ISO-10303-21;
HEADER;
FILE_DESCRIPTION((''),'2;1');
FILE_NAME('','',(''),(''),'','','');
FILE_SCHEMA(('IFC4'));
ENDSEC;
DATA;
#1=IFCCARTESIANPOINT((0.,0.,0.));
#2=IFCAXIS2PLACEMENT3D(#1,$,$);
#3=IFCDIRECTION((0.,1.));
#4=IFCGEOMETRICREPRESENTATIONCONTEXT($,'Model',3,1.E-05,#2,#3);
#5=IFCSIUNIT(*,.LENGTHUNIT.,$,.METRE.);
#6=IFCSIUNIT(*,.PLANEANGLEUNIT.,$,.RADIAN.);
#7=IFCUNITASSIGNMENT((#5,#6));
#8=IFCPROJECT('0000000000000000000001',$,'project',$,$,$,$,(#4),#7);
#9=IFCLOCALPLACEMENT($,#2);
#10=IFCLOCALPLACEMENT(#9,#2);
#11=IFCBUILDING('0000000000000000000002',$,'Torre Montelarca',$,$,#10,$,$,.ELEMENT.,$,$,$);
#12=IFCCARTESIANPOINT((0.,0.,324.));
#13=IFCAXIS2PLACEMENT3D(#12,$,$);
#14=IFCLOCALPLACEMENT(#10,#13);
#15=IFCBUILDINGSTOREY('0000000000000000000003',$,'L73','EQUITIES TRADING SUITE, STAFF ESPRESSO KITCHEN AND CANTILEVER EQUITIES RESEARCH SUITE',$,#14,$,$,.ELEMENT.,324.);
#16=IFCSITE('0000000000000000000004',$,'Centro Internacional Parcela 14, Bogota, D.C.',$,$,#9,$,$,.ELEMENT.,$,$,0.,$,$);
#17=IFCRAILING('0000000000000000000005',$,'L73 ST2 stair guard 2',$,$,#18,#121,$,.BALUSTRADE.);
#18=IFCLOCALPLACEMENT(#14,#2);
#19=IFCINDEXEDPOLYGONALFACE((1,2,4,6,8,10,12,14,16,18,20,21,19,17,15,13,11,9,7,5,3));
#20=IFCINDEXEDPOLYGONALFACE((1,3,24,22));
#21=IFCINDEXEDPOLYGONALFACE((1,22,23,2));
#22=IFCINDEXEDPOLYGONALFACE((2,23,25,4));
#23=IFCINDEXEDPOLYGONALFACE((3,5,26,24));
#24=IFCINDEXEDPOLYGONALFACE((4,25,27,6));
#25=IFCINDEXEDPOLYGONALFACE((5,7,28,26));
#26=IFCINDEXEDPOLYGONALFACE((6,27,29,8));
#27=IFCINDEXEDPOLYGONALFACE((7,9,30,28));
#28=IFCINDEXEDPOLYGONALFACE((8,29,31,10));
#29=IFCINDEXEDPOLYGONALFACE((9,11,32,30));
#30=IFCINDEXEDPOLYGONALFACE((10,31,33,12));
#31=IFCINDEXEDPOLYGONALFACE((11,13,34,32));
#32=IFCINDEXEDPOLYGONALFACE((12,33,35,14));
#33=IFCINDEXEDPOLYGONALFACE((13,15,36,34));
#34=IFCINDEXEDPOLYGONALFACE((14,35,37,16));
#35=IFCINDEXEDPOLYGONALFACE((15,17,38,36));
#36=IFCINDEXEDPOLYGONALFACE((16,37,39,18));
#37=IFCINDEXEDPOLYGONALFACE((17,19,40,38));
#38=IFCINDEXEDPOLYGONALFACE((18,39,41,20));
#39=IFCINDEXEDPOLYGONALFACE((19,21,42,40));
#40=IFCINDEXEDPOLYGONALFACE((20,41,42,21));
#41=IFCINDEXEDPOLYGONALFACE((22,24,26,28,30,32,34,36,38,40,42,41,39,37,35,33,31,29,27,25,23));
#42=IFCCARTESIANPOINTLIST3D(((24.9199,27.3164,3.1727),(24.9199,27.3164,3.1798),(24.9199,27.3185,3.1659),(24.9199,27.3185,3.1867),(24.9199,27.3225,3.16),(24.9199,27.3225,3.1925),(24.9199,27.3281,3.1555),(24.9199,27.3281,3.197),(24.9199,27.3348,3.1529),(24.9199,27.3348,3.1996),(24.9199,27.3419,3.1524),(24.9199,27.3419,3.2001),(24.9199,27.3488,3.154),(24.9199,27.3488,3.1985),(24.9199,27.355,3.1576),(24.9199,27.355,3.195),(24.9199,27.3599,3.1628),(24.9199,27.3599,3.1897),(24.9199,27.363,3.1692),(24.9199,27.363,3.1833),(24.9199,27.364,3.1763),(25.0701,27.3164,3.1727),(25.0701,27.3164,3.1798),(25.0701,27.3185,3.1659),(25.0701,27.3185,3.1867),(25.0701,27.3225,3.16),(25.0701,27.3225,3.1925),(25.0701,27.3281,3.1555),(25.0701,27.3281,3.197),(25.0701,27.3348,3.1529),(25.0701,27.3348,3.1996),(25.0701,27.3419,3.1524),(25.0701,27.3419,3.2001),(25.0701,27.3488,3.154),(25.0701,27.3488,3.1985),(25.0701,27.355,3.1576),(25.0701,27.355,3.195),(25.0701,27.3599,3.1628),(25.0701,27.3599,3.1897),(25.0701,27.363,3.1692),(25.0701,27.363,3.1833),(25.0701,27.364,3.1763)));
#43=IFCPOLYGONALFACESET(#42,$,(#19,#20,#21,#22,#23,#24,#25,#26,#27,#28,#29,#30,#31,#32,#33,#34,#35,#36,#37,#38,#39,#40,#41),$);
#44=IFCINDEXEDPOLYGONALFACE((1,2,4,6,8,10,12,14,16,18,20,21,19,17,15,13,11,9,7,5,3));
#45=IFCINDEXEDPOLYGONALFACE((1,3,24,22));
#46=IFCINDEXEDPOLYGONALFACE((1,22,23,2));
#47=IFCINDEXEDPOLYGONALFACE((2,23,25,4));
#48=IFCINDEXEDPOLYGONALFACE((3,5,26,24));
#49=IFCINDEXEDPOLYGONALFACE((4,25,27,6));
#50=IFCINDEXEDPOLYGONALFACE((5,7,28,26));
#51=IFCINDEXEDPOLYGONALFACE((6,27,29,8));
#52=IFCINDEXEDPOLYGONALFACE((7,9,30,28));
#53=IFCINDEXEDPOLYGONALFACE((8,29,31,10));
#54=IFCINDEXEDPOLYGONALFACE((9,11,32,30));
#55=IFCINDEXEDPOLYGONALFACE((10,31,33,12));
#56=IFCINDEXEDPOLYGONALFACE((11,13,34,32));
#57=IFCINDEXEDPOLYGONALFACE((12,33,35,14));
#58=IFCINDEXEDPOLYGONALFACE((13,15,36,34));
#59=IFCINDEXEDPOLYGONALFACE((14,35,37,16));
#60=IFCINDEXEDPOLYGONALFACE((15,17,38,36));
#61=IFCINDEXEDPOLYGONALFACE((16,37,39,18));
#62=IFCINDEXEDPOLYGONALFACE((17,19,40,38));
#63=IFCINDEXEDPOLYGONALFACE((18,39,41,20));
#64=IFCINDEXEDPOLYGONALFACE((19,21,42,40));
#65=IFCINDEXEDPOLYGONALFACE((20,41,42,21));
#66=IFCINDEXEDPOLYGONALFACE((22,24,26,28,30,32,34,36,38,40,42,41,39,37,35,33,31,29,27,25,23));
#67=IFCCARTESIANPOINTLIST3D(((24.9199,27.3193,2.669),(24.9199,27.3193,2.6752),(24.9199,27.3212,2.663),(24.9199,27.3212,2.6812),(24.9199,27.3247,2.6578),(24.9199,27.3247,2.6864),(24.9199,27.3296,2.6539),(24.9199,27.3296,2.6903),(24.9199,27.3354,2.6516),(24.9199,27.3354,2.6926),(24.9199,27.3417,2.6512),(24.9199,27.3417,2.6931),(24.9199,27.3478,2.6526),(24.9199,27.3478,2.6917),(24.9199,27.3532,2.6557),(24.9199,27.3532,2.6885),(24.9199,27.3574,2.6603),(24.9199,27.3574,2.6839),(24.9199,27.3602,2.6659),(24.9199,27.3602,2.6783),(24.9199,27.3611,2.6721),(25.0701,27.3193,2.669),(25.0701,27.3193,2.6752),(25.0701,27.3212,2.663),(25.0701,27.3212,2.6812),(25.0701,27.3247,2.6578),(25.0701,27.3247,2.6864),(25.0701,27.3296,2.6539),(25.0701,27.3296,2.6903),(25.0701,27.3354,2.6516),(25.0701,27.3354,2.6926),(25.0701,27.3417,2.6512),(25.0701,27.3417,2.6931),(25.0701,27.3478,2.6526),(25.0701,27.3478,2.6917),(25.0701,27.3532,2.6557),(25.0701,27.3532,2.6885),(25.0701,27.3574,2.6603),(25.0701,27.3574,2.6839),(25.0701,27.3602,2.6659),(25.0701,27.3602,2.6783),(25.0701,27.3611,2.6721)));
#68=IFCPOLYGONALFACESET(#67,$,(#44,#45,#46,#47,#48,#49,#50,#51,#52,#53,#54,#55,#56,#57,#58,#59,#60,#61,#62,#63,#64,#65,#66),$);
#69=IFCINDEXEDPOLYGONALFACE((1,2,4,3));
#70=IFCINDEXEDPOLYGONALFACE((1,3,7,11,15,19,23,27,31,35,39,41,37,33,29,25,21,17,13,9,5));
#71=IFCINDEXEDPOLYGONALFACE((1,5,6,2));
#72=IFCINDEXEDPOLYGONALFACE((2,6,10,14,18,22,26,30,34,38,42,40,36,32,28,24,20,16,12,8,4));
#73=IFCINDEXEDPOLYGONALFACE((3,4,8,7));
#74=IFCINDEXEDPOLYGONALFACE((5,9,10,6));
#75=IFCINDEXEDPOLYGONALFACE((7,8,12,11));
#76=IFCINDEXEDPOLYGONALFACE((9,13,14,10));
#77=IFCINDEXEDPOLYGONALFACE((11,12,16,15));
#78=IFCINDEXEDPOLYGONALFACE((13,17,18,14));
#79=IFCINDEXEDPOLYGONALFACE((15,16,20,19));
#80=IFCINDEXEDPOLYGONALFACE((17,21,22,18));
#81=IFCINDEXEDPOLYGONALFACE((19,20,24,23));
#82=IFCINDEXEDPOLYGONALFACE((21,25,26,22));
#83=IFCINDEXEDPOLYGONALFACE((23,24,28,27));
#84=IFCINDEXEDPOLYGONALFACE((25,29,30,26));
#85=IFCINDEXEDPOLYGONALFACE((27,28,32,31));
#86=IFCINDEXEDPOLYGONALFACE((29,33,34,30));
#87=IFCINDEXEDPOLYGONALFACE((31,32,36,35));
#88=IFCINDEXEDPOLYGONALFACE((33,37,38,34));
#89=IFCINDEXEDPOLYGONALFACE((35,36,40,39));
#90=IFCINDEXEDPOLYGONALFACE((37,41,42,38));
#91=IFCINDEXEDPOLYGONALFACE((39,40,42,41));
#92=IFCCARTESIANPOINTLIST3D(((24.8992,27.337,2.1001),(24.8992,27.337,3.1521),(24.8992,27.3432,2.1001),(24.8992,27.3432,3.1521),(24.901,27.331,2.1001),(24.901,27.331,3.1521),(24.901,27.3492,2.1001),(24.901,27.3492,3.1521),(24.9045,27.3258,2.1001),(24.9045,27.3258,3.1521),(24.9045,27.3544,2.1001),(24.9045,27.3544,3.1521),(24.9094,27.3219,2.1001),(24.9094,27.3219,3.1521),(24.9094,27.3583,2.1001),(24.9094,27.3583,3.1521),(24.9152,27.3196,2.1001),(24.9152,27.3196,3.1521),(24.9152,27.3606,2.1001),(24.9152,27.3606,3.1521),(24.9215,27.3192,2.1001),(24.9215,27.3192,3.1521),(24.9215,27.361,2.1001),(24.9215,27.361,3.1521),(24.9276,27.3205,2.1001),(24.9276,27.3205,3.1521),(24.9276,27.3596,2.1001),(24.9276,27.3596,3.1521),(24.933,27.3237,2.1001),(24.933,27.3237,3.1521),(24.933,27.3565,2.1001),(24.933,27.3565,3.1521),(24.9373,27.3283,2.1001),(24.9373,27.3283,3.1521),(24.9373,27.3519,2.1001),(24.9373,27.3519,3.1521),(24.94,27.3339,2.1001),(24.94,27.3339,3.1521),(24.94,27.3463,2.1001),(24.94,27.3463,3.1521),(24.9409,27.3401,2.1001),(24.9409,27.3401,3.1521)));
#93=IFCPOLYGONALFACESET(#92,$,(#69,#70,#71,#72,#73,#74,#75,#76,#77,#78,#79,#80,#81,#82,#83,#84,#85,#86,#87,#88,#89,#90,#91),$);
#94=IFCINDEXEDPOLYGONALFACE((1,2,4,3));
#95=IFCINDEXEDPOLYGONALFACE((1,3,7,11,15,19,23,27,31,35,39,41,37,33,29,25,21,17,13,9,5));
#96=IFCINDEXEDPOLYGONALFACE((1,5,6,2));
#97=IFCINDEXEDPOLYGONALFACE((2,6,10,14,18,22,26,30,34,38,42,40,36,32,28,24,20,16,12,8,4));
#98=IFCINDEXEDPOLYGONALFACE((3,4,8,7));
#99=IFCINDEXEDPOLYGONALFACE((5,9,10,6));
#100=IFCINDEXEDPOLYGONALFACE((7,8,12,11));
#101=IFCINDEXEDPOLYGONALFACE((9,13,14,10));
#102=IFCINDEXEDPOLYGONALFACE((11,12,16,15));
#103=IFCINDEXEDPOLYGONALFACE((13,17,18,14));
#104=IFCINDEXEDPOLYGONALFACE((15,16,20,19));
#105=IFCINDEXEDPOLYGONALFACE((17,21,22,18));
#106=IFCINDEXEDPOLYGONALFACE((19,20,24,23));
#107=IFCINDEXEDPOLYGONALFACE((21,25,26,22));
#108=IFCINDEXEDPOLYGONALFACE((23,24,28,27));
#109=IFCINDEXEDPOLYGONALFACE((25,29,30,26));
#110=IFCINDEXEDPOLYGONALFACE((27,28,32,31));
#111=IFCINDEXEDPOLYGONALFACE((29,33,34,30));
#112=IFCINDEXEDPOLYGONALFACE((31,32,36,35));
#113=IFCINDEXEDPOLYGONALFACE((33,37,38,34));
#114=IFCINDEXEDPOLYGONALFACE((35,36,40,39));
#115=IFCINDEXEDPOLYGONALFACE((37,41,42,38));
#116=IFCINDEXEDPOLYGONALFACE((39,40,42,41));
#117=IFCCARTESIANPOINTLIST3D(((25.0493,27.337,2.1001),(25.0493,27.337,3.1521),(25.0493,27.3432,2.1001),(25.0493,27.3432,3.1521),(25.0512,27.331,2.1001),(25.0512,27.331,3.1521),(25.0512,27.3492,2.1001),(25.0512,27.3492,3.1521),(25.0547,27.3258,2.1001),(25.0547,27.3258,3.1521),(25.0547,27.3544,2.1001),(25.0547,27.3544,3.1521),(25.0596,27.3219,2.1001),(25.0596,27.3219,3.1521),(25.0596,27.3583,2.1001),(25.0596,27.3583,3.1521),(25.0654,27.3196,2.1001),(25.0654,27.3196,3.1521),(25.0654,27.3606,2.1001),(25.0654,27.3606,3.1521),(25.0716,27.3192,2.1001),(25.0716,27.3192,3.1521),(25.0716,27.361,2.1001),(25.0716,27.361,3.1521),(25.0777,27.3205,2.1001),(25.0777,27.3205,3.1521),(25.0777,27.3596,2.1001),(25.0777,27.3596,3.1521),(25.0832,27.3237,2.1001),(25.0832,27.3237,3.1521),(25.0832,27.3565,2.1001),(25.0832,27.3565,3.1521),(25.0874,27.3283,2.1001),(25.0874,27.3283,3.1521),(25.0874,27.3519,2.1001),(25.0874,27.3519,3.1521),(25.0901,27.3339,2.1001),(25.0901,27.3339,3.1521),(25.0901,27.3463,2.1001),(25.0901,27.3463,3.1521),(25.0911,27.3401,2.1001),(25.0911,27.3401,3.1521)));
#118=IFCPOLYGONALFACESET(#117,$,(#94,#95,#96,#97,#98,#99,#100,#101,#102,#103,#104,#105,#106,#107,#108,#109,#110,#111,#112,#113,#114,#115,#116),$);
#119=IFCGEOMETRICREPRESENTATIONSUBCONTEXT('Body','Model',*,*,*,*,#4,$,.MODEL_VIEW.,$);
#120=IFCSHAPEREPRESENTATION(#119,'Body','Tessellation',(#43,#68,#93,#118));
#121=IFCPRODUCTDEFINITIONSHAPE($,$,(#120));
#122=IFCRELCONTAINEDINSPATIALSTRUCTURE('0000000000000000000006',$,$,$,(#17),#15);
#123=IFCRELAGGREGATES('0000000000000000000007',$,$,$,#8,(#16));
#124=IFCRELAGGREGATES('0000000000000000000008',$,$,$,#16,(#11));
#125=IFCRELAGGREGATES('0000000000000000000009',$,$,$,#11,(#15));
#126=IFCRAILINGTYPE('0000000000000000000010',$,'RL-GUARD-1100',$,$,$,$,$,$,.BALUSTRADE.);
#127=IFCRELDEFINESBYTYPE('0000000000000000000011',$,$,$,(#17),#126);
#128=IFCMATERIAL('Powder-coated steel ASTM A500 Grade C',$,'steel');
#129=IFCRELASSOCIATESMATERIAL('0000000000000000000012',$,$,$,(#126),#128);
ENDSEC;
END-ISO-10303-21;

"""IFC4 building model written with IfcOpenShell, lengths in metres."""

from ifc_helpers import new_model, si_unit, direction, frame, origin, origin_2d, place, context, subcontext, project, spatial, circle, extrude, material, type_object, element, save


model = new_model("IFC4")

# Units and contexts
model_context = context("Model", 3, precision=1e-05, world=origin(), true_north=direction((0.0, 1.0)))
body_context = subcontext(model_context, "Body", "Model", "MODEL_VIEW")
ifc_project = project(units=[si_unit("LENGTHUNIT", "METRE"), si_unit("PLANEANGLEUNIT", "RADIAN")], contexts=[model_context])

# Site, building, storey
site_placement = place(None, origin())
site = spatial("IfcSite", under=ifc_project, at=site_placement, Name="Centro Internacional Parcela 14, Bogota, D.C.", CompositionType="ELEMENT", RefElevation=0.0)
building_placement = place(site_placement, origin())
building = spatial("IfcBuilding", under=site, at=building_placement, Name="Torre Montelarca", CompositionType="ELEMENT")
storey_placement = place(building_placement, frame((0.0, 0.0, 324.0)))
storey = spatial("IfcBuildingStorey", under=building, at=storey_placement, Name="L73", Description="EQUITIES TRADING SUITE, STAFF ESPRESSO KITCHEN AND CANTILEVER EQUITIES RESEARCH SUITE", CompositionType="ELEMENT", Elevation=324.0)

# Railing
ifc_material_1 = material(Name="Powder-coated steel ASTM A500 Grade C", Category="steel")
railing_type_1 = type_object("IfcRailingType", Name="RL-GUARD-1100", PredefinedType="BALUSTRADE", material=ifc_material_1)
railing_1_placement = place(storey_placement, frame((24.9199, 27.3401, 2.1001)))
element("IfcRailing", 1, at=railing_1_placement, inside=storey, type_object=railing_type_1, Name="L73 ST2 stair guard 2", PredefinedType="BALUSTRADE", context=body_context, shape_type="SweptSolid", body=[
    extrude(circle(Radius=0.0239, at=origin_2d()), frame((0.0, 0.0, 1.0762), z_axis=(1.0, 0.0, 0.0), x_axis=(0.0, 1.0, 0.0)), (0.0, 0.0, 1.0), 0.1501),
    extrude(circle(Radius=0.021, at=origin_2d()), frame((0.0, 0.0, 0.572), z_axis=(1.0, 0.0, 0.0), x_axis=(0.0, 1.0, 0.0)), (0.0, 0.0, 1.0), 0.1501),
    extrude(circle(Radius=0.021, at=origin_2d()), origin(), (0.0, 0.0, 1.0), 1.052),
    extrude(circle(Radius=0.021, at=origin_2d()), frame((0.1501, 0.0, 0.0)), (0.0, 0.0, 1.0), 1.052),
])

save(model, "model.ifc")
